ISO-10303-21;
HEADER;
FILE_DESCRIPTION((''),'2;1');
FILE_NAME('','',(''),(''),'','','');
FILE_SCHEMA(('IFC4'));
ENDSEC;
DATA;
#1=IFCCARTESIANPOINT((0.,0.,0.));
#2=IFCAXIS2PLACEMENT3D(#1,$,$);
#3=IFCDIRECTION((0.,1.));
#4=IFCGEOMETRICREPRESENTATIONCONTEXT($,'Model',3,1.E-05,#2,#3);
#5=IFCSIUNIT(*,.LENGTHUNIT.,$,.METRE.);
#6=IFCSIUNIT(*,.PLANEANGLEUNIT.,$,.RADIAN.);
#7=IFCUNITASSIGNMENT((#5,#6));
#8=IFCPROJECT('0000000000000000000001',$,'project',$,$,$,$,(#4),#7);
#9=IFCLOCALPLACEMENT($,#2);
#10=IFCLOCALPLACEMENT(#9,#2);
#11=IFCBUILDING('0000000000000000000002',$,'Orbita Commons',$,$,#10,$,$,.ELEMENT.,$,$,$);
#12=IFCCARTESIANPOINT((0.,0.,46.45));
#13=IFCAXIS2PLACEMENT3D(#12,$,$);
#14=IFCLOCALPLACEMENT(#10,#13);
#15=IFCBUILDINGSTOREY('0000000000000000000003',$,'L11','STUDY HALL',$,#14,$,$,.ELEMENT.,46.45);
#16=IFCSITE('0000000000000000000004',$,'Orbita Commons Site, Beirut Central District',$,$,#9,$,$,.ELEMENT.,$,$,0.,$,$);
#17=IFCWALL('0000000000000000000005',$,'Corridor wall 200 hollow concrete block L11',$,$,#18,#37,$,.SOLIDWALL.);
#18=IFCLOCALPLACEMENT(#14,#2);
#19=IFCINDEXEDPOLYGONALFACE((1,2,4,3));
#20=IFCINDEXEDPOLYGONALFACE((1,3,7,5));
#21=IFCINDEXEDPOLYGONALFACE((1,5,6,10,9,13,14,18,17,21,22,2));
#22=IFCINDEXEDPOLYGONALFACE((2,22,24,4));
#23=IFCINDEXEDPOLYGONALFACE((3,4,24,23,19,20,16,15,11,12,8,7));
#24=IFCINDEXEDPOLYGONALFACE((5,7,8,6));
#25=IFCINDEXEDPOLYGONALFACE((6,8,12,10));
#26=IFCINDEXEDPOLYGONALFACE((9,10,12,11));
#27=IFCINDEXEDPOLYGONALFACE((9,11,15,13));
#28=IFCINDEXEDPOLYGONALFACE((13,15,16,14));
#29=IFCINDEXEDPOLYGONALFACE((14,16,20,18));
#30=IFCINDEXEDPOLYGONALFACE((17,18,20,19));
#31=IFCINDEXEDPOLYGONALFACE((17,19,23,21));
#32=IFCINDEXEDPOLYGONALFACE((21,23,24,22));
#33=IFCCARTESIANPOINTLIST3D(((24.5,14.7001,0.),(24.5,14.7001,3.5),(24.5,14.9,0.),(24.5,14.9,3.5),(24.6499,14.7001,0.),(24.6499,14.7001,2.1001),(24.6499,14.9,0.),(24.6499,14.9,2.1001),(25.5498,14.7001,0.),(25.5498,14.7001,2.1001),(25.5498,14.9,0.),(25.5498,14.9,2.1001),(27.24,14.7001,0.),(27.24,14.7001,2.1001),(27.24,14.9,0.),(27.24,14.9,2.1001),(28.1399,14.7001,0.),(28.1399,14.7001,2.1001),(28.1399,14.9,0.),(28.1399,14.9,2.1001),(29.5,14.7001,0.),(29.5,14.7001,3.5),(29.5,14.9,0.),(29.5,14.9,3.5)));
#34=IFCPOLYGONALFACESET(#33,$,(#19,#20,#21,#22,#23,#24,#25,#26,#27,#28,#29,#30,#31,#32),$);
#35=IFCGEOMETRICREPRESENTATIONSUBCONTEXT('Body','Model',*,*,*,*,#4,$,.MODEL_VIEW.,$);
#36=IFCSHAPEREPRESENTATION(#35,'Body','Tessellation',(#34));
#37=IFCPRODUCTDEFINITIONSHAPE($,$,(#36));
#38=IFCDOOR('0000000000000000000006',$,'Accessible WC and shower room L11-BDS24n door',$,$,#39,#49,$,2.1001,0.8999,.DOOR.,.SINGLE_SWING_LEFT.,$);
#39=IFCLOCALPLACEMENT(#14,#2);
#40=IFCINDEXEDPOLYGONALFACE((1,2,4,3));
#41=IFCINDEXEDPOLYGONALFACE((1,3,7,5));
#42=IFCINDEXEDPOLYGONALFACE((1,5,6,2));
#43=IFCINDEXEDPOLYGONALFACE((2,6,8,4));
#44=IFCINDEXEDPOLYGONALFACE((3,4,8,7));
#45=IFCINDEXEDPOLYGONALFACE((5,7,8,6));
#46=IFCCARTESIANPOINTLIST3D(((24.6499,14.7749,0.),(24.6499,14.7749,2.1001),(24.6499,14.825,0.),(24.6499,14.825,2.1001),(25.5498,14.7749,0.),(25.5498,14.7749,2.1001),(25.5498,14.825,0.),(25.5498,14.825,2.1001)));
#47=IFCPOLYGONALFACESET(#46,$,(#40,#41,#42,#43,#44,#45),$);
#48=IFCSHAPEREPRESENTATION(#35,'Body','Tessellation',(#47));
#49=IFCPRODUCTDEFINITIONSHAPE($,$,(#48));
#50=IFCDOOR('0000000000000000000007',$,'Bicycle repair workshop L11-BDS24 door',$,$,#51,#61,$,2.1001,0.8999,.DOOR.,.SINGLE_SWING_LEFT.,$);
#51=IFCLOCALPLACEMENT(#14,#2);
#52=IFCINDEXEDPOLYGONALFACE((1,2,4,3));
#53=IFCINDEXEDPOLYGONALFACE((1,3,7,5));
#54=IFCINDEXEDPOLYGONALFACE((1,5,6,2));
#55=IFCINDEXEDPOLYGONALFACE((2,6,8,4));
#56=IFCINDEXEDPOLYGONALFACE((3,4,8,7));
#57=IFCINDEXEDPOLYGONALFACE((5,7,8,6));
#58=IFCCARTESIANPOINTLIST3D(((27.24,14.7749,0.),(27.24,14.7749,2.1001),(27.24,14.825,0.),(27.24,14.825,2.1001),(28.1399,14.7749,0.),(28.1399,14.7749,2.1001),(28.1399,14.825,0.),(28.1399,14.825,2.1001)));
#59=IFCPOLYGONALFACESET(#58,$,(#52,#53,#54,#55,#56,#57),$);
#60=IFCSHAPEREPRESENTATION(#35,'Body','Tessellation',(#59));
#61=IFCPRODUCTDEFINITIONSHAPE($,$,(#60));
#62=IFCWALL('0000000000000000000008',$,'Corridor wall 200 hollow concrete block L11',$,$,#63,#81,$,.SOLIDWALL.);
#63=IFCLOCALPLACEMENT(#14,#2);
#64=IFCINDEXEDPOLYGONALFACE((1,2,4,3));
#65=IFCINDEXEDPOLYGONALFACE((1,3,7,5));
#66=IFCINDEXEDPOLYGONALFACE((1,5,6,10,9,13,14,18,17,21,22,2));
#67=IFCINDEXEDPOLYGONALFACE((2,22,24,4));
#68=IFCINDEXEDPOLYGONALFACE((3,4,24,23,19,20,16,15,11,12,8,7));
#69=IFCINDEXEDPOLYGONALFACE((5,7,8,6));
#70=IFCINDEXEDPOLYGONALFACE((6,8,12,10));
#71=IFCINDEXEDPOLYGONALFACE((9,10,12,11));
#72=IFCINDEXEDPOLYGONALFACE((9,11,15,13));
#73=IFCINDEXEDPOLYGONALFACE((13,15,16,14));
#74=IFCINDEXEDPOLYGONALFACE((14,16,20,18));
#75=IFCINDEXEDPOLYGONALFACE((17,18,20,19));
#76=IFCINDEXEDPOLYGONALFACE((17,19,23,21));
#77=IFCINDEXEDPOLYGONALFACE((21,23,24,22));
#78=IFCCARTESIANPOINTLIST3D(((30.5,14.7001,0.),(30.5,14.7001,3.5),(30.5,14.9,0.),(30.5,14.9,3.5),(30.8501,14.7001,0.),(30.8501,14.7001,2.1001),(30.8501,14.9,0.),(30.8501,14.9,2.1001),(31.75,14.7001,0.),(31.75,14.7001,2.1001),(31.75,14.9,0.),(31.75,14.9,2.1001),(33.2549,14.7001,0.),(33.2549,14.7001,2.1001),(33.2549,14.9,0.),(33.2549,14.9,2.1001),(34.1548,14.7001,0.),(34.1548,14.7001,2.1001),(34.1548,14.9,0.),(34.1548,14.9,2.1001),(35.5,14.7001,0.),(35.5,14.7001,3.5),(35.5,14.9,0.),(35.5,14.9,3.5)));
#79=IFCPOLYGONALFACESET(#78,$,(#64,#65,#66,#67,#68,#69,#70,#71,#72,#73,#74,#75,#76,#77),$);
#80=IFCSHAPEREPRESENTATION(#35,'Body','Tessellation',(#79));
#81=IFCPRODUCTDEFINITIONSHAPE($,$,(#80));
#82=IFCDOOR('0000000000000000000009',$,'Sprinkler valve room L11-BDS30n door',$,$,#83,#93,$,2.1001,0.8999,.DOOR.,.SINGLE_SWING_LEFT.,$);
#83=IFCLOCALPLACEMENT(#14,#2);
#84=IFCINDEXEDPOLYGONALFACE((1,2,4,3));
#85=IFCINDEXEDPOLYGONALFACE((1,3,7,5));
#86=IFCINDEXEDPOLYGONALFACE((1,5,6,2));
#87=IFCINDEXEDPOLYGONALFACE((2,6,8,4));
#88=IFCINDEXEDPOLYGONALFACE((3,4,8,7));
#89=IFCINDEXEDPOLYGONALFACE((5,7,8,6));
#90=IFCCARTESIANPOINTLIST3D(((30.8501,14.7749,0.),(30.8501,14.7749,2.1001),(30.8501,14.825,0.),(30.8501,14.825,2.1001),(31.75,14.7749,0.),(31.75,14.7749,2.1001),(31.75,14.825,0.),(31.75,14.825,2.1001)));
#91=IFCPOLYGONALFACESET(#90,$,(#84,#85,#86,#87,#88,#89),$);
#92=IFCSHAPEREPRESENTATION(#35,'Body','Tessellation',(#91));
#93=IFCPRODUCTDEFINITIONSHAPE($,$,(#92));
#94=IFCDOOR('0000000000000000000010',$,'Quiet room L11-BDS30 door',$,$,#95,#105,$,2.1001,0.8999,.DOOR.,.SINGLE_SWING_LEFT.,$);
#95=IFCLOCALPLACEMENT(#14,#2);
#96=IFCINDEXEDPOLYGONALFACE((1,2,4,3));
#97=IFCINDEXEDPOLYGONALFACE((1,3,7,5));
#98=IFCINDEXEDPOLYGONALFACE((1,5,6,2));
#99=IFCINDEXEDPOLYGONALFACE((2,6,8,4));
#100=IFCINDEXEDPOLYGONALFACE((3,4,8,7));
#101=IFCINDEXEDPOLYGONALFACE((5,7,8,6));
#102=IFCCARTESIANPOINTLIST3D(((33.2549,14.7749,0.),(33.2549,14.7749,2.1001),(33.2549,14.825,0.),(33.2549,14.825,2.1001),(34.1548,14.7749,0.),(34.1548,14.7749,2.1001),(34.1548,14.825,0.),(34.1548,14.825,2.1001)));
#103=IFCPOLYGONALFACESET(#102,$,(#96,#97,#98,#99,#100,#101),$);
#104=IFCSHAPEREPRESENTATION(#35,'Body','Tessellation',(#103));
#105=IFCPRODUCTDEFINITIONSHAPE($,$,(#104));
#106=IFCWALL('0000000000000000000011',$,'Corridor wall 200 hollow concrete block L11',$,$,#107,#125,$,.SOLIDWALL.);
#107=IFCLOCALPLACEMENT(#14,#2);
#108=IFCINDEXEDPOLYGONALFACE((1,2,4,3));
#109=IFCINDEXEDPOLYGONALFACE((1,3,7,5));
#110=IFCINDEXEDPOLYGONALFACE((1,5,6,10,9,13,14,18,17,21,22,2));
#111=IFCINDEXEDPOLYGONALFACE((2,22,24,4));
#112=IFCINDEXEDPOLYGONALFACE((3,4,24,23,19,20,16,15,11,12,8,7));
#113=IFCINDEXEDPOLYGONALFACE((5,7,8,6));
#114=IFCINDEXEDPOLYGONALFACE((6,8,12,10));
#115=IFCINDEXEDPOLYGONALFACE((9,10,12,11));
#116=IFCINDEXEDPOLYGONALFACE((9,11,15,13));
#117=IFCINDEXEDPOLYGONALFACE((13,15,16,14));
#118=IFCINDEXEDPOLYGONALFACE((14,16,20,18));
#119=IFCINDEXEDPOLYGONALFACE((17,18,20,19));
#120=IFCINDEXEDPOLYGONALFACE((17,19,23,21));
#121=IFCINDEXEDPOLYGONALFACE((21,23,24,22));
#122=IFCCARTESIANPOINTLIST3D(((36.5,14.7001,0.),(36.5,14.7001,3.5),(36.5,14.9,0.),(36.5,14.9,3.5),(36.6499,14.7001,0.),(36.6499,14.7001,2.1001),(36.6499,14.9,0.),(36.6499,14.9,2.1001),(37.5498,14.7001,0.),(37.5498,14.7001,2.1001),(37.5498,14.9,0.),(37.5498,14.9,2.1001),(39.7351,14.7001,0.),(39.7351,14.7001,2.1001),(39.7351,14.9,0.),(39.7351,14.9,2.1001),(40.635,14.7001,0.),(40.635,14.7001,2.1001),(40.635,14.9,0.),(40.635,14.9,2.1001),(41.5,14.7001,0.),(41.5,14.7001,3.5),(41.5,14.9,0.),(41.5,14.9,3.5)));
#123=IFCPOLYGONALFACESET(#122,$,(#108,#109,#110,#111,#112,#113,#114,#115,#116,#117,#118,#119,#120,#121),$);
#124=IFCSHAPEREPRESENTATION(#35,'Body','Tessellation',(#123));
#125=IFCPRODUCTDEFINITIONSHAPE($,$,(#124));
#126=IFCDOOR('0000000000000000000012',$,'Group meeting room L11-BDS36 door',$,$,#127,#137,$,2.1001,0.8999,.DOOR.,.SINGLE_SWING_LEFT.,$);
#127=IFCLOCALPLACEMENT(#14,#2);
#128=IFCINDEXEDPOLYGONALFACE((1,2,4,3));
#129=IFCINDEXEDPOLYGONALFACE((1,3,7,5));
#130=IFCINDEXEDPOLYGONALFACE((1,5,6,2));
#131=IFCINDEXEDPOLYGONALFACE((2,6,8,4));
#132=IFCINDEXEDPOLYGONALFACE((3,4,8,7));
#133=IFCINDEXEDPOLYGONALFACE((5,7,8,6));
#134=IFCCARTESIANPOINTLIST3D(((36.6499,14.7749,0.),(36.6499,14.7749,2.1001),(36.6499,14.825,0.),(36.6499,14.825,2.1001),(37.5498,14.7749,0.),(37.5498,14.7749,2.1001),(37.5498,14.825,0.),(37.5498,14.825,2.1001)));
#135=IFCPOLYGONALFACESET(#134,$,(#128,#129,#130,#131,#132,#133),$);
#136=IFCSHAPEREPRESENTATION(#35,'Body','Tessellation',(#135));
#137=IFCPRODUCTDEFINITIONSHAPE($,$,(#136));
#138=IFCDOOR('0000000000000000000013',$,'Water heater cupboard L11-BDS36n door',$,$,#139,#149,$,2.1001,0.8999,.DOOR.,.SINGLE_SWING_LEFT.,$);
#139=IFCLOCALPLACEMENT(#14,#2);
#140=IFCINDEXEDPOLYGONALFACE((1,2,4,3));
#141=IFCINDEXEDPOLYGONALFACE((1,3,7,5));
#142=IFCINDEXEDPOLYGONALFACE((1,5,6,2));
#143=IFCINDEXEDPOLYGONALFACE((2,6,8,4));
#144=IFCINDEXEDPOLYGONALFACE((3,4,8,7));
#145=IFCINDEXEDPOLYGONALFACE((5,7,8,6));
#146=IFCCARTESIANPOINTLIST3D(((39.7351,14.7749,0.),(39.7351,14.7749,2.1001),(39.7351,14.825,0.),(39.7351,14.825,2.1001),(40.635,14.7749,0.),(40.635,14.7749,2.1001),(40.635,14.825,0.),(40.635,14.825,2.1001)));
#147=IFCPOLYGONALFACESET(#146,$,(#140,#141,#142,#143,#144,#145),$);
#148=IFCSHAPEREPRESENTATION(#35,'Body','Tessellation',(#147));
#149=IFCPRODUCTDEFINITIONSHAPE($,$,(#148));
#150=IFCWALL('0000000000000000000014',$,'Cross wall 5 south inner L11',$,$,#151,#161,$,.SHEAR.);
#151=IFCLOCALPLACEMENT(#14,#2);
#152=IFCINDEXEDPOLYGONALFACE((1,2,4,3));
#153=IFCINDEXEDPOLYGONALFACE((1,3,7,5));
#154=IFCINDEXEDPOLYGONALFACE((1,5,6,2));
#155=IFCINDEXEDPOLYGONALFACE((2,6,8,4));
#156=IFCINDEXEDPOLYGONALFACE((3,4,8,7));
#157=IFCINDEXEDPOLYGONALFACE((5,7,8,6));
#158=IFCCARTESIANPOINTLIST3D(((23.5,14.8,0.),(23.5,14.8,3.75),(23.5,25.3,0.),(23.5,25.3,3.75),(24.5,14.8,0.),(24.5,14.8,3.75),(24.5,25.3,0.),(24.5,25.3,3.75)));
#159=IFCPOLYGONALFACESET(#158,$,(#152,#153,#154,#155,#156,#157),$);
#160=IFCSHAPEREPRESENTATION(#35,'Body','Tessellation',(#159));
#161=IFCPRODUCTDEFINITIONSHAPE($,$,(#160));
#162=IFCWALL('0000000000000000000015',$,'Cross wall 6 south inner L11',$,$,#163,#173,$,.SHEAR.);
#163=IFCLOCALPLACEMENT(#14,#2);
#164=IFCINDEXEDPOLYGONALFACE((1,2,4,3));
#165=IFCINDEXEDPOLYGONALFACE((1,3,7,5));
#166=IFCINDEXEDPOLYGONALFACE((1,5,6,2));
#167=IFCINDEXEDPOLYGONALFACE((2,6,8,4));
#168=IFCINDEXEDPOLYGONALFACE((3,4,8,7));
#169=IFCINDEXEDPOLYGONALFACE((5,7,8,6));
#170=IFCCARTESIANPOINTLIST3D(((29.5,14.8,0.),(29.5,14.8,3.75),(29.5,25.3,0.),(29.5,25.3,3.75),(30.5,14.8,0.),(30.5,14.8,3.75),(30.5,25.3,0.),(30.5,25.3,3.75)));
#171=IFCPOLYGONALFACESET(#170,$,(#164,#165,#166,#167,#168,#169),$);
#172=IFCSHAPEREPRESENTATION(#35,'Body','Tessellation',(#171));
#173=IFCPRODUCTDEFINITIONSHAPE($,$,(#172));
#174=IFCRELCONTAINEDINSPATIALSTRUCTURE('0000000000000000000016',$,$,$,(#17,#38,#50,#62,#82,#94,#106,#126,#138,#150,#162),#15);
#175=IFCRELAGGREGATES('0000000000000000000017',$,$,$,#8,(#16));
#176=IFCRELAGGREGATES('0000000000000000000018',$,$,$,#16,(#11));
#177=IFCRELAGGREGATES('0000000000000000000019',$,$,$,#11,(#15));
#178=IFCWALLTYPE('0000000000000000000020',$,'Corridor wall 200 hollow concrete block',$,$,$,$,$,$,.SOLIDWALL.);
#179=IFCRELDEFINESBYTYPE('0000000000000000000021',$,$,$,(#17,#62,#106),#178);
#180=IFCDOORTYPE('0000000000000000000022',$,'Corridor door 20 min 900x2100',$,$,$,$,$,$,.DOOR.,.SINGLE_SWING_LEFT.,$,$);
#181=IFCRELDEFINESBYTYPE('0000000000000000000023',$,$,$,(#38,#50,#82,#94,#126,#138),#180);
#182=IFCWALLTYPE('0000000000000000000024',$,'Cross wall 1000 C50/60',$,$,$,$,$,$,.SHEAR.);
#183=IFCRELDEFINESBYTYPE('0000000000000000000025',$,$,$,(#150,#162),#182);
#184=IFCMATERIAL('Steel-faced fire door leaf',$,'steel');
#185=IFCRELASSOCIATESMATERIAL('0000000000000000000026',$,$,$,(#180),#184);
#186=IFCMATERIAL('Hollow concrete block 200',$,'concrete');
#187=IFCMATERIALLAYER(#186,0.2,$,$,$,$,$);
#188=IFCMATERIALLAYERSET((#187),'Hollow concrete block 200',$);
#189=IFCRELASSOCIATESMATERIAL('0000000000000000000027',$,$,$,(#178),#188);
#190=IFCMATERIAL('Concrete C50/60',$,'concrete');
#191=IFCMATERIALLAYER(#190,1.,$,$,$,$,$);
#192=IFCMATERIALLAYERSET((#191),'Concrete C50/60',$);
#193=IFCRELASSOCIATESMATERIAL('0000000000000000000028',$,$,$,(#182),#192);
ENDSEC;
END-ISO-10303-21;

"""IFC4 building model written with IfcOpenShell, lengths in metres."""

from ifc_helpers import new_model, si_unit, direction, frame, frame_2d, origin, place, context, subcontext, project, spatial, rectangle, extrude, material, layer, layer_set, type_object, element, fill, save


model = new_model("IFC4")

# Units and contexts
model_context = context("Model", 3, precision=1e-05, world=origin(), true_north=direction((0.0, 1.0)))
body_context = subcontext(model_context, "Body", "Model", "MODEL_VIEW")
ifc_project = project(units=[si_unit("LENGTHUNIT", "METRE"), si_unit("PLANEANGLEUNIT", "RADIAN")], contexts=[model_context])

# Site, building, storey
site_placement = place(None, origin())
site = spatial("IfcSite", under=ifc_project, at=site_placement, Name="Orbita Commons Site, Beirut Central District", CompositionType="ELEMENT", RefElevation=0.0)
building_placement = place(site_placement, origin())
building = spatial("IfcBuilding", under=site, at=building_placement, Name="Orbita Commons", CompositionType="ELEMENT")
storey_placement = place(building_placement, frame((0.0, 0.0, 46.45)))
storey = spatial("IfcBuildingStorey", under=building, at=storey_placement, Name="L11", Description="STUDY HALL", CompositionType="ELEMENT", Elevation=46.45)

# Shared definitions
ifc_material_1 = material(Name="Steel-faced fire door leaf", Category="steel")
door_type_1 = type_object("IfcDoorType", Name="Corridor door 20 min 900x2100", OperationType="SINGLE_SWING_LEFT", PredefinedType="DOOR", material=ifc_material_1)

# Walls, openings, doors
ifc_material_2 = material(Name="Hollow concrete block 200", Category="concrete")
ifc_layer_1 = layer(ifc_material_2, 0.2)
ifc_layer_set_1 = layer_set([ifc_layer_1], Name="Hollow concrete block 200")
wall_type_1 = type_object("IfcWallType", Name="Corridor wall 200 hollow concrete block", PredefinedType="SOLIDWALL", material=ifc_layer_set_1)
wall_1_placement = place(storey_placement, frame((24.5, 14.8, 0.0), z_axis=(0.0, 0.0, 1.0), x_axis=(1.0, 0.0, 0.0)))
wall_1 = element("IfcWall", 1, at=wall_1_placement, inside=storey, type_object=wall_type_1, Name="Corridor wall 200 hollow concrete block L11", PredefinedType="SOLIDWALL", context=body_context, shape_type="SweptSolid", body=[
    extrude(rectangle(XDim=5.0, YDim=0.2, at=frame_2d((2.5, 0.0))), origin(), (0.0, 0.0, 1.0), 3.5),
])
opening_1_placement = place(wall_1_placement, frame((0.1499, 0.0, 0.0)))
opening_1 = element("IfcOpeningElement", 2, at=opening_1_placement, cuts=wall_1, PredefinedType="OPENING", context=body_context, shape_type="SweptSolid", body=[
    extrude(rectangle(XDim=0.8999, YDim=2.1001, at=frame_2d((0.45, 1.05))), frame((0.0, 0.1099, 0.0), z_axis=(0.0, -1.0, 0.0), x_axis=(1.0, 0.0, 0.0)), (0.0, 0.0, 1.0), 0.22),
])
opening_2_placement = place(wall_1_placement, frame((2.74, 0.0, 0.0)))
opening_2 = element("IfcOpeningElement", 3, at=opening_2_placement, cuts=wall_1, PredefinedType="OPENING", context=body_context, shape_type="SweptSolid", body=[
    extrude(rectangle(XDim=0.8999, YDim=2.1001, at=frame_2d((0.45, 1.05))), frame((0.0, 0.1099, 0.0), z_axis=(0.0, -1.0, 0.0), x_axis=(1.0, 0.0, 0.0)), (0.0, 0.0, 1.0), 0.22),
])
door_1_placement = place(opening_1_placement, origin())
door_1 = element("IfcDoor", 4, at=door_1_placement, inside=storey, type_object=door_type_1, Name="Accessible WC and shower room L11-BDS24n door", OperationType="SINGLE_SWING_LEFT", OverallHeight=2.1001, OverallWidth=0.8999, PredefinedType="DOOR", context=body_context, shape_type="SweptSolid", body=[
    extrude(rectangle(XDim=0.8999, YDim=2.1001, at=frame_2d((0.45, 1.05))), frame((0.0, 0.0249, 0.0), z_axis=(0.0, -1.0, 0.0), x_axis=(1.0, 0.0, 0.0)), (0.0, 0.0, 1.0), 0.05),
])
fill(opening_1, door_1)
door_2_placement = place(opening_2_placement, origin())
door_2 = element("IfcDoor", 5, at=door_2_placement, inside=storey, type_object=door_type_1, Name="Bicycle repair workshop L11-BDS24 door", OperationType="SINGLE_SWING_LEFT", OverallHeight=2.1001, OverallWidth=0.8999, PredefinedType="DOOR", context=body_context, shape_type="SweptSolid", body=[
    extrude(rectangle(XDim=0.8999, YDim=2.1001, at=frame_2d((0.45, 1.05))), frame((0.0, 0.0249, 0.0), z_axis=(0.0, -1.0, 0.0), x_axis=(1.0, 0.0, 0.0)), (0.0, 0.0, 1.0), 0.05),
])
fill(opening_2, door_2)
wall_2_placement = place(storey_placement, frame((30.5, 14.8, 0.0), z_axis=(0.0, 0.0, 1.0), x_axis=(1.0, 0.0, 0.0)))
wall_2 = element("IfcWall", 6, at=wall_2_placement, inside=storey, type_object=wall_type_1, Name="Corridor wall 200 hollow concrete block L11", PredefinedType="SOLIDWALL", context=body_context, shape_type="SweptSolid", body=[
    extrude(rectangle(XDim=5.0, YDim=0.2, at=frame_2d((2.5, 0.0))), origin(), (0.0, 0.0, 1.0), 3.5),
])
opening_3_placement = place(wall_2_placement, frame((0.3501, 0.0, 0.0)))
opening_3 = element("IfcOpeningElement", 7, at=opening_3_placement, cuts=wall_2, PredefinedType="OPENING", context=body_context, shape_type="SweptSolid", body=[
    extrude(rectangle(XDim=0.8999, YDim=2.1001, at=frame_2d((0.45, 1.05))), frame((0.0, 0.1099, 0.0), z_axis=(0.0, -1.0, 0.0), x_axis=(1.0, 0.0, 0.0)), (0.0, 0.0, 1.0), 0.22),
])
opening_4_placement = place(wall_2_placement, frame((2.7549, 0.0, 0.0)))
opening_4 = element("IfcOpeningElement", 8, at=opening_4_placement, cuts=wall_2, PredefinedType="OPENING", context=body_context, shape_type="SweptSolid", body=[
    extrude(rectangle(XDim=0.8999, YDim=2.1001, at=frame_2d((0.45, 1.05))), frame((0.0, 0.1099, 0.0), z_axis=(0.0, -1.0, 0.0), x_axis=(1.0, 0.0, 0.0)), (0.0, 0.0, 1.0), 0.22),
])
door_3_placement = place(opening_3_placement, origin())
door_3 = element("IfcDoor", 9, at=door_3_placement, inside=storey, type_object=door_type_1, Name="Sprinkler valve room L11-BDS30n door", OperationType="SINGLE_SWING_LEFT", OverallHeight=2.1001, OverallWidth=0.8999, PredefinedType="DOOR", context=body_context, shape_type="SweptSolid", body=[
    extrude(rectangle(XDim=0.8999, YDim=2.1001, at=frame_2d((0.45, 1.05))), frame((0.0, 0.0249, 0.0), z_axis=(0.0, -1.0, 0.0), x_axis=(1.0, 0.0, 0.0)), (0.0, 0.0, 1.0), 0.05),
])
fill(opening_3, door_3)
door_4_placement = place(opening_4_placement, origin())
door_4 = element("IfcDoor", 10, at=door_4_placement, inside=storey, type_object=door_type_1, Name="Quiet room L11-BDS30 door", OperationType="SINGLE_SWING_LEFT", OverallHeight=2.1001, OverallWidth=0.8999, PredefinedType="DOOR", context=body_context, shape_type="SweptSolid", body=[
    extrude(rectangle(XDim=0.8999, YDim=2.1001, at=frame_2d((0.45, 1.05))), frame((0.0, 0.0249, 0.0), z_axis=(0.0, -1.0, 0.0), x_axis=(1.0, 0.0, 0.0)), (0.0, 0.0, 1.0), 0.05),
])
fill(opening_4, door_4)
wall_3_placement = place(storey_placement, frame((36.5, 14.8, 0.0), z_axis=(0.0, 0.0, 1.0), x_axis=(1.0, 0.0, 0.0)))
wall_3 = element("IfcWall", 11, at=wall_3_placement, inside=storey, type_object=wall_type_1, Name="Corridor wall 200 hollow concrete block L11", PredefinedType="SOLIDWALL", context=body_context, shape_type="SweptSolid", body=[
    extrude(rectangle(XDim=5.0, YDim=0.2, at=frame_2d((2.5, 0.0))), origin(), (0.0, 0.0, 1.0), 3.5),
])
opening_5_placement = place(wall_3_placement, frame((0.1499, 0.0, 0.0)))
opening_5 = element("IfcOpeningElement", 12, at=opening_5_placement, cuts=wall_3, PredefinedType="OPENING", context=body_context, shape_type="SweptSolid", body=[
    extrude(rectangle(XDim=0.8999, YDim=2.1001, at=frame_2d((0.45, 1.05))), frame((0.0, 0.1099, 0.0), z_axis=(0.0, -1.0, 0.0), x_axis=(1.0, 0.0, 0.0)), (0.0, 0.0, 1.0), 0.22),
])
opening_6_placement = place(wall_3_placement, frame((3.2351, 0.0, 0.0)))
opening_6 = element("IfcOpeningElement", 13, at=opening_6_placement, cuts=wall_3, PredefinedType="OPENING", context=body_context, shape_type="SweptSolid", body=[
    extrude(rectangle(XDim=0.8999, YDim=2.1001, at=frame_2d((0.45, 1.05))), frame((0.0, 0.1099, 0.0), z_axis=(0.0, -1.0, 0.0), x_axis=(1.0, 0.0, 0.0)), (0.0, 0.0, 1.0), 0.22),
])
door_5_placement = place(opening_5_placement, origin())
door_5 = element("IfcDoor", 14, at=door_5_placement, inside=storey, type_object=door_type_1, Name="Group meeting room L11-BDS36 door", OperationType="SINGLE_SWING_LEFT", OverallHeight=2.1001, OverallWidth=0.8999, PredefinedType="DOOR", context=body_context, shape_type="SweptSolid", body=[
    extrude(rectangle(XDim=0.8999, YDim=2.1001, at=frame_2d((0.45, 1.05))), frame((0.0, 0.0249, 0.0), z_axis=(0.0, -1.0, 0.0), x_axis=(1.0, 0.0, 0.0)), (0.0, 0.0, 1.0), 0.05),
])
fill(opening_5, door_5)
door_6_placement = place(opening_6_placement, origin())
door_6 = element("IfcDoor", 15, at=door_6_placement, inside=storey, type_object=door_type_1, Name="Water heater cupboard L11-BDS36n door", OperationType="SINGLE_SWING_LEFT", OverallHeight=2.1001, OverallWidth=0.8999, PredefinedType="DOOR", context=body_context, shape_type="SweptSolid", body=[
    extrude(rectangle(XDim=0.8999, YDim=2.1001, at=frame_2d((0.45, 1.05))), frame((0.0, 0.0249, 0.0), z_axis=(0.0, -1.0, 0.0), x_axis=(1.0, 0.0, 0.0)), (0.0, 0.0, 1.0), 0.05),
])
fill(opening_6, door_6)

# Walls
ifc_material_3 = material(Name="Concrete C50/60", Category="concrete")
ifc_layer_2 = layer(ifc_material_3, 1.0)
ifc_layer_set_2 = layer_set([ifc_layer_2], Name="Concrete C50/60")
wall_type_2 = type_object("IfcWallType", Name="Cross wall 1000 C50/60", PredefinedType="SHEAR", material=ifc_layer_set_2)
for number, where, z_axis, x_axis, name in (
    (16, (24.0, 14.8, 0.0), (0.0, 0.0, 1.0), (0.0, 1.0, 0.0), "Cross wall 5 south inner L11"),
    (17, (30.0, 14.8, 0.0), (0.0, 0.0, 1.0), (0.0, 1.0, 0.0), "Cross wall 6 south inner L11"),
):
    element("IfcWall", number, at=place(storey_placement, frame(where, z_axis=z_axis, x_axis=x_axis)), inside=storey, type_object=wall_type_2, Name=name, PredefinedType="SHEAR", context=body_context, shape_type="SweptSolid", body=[
        extrude(rectangle(XDim=10.5, YDim=1.0, at=frame_2d((5.25, 0.0))), origin(), (0.0, 0.0, 1.0), 3.75),
    ])

save(model, "model.ifc")
